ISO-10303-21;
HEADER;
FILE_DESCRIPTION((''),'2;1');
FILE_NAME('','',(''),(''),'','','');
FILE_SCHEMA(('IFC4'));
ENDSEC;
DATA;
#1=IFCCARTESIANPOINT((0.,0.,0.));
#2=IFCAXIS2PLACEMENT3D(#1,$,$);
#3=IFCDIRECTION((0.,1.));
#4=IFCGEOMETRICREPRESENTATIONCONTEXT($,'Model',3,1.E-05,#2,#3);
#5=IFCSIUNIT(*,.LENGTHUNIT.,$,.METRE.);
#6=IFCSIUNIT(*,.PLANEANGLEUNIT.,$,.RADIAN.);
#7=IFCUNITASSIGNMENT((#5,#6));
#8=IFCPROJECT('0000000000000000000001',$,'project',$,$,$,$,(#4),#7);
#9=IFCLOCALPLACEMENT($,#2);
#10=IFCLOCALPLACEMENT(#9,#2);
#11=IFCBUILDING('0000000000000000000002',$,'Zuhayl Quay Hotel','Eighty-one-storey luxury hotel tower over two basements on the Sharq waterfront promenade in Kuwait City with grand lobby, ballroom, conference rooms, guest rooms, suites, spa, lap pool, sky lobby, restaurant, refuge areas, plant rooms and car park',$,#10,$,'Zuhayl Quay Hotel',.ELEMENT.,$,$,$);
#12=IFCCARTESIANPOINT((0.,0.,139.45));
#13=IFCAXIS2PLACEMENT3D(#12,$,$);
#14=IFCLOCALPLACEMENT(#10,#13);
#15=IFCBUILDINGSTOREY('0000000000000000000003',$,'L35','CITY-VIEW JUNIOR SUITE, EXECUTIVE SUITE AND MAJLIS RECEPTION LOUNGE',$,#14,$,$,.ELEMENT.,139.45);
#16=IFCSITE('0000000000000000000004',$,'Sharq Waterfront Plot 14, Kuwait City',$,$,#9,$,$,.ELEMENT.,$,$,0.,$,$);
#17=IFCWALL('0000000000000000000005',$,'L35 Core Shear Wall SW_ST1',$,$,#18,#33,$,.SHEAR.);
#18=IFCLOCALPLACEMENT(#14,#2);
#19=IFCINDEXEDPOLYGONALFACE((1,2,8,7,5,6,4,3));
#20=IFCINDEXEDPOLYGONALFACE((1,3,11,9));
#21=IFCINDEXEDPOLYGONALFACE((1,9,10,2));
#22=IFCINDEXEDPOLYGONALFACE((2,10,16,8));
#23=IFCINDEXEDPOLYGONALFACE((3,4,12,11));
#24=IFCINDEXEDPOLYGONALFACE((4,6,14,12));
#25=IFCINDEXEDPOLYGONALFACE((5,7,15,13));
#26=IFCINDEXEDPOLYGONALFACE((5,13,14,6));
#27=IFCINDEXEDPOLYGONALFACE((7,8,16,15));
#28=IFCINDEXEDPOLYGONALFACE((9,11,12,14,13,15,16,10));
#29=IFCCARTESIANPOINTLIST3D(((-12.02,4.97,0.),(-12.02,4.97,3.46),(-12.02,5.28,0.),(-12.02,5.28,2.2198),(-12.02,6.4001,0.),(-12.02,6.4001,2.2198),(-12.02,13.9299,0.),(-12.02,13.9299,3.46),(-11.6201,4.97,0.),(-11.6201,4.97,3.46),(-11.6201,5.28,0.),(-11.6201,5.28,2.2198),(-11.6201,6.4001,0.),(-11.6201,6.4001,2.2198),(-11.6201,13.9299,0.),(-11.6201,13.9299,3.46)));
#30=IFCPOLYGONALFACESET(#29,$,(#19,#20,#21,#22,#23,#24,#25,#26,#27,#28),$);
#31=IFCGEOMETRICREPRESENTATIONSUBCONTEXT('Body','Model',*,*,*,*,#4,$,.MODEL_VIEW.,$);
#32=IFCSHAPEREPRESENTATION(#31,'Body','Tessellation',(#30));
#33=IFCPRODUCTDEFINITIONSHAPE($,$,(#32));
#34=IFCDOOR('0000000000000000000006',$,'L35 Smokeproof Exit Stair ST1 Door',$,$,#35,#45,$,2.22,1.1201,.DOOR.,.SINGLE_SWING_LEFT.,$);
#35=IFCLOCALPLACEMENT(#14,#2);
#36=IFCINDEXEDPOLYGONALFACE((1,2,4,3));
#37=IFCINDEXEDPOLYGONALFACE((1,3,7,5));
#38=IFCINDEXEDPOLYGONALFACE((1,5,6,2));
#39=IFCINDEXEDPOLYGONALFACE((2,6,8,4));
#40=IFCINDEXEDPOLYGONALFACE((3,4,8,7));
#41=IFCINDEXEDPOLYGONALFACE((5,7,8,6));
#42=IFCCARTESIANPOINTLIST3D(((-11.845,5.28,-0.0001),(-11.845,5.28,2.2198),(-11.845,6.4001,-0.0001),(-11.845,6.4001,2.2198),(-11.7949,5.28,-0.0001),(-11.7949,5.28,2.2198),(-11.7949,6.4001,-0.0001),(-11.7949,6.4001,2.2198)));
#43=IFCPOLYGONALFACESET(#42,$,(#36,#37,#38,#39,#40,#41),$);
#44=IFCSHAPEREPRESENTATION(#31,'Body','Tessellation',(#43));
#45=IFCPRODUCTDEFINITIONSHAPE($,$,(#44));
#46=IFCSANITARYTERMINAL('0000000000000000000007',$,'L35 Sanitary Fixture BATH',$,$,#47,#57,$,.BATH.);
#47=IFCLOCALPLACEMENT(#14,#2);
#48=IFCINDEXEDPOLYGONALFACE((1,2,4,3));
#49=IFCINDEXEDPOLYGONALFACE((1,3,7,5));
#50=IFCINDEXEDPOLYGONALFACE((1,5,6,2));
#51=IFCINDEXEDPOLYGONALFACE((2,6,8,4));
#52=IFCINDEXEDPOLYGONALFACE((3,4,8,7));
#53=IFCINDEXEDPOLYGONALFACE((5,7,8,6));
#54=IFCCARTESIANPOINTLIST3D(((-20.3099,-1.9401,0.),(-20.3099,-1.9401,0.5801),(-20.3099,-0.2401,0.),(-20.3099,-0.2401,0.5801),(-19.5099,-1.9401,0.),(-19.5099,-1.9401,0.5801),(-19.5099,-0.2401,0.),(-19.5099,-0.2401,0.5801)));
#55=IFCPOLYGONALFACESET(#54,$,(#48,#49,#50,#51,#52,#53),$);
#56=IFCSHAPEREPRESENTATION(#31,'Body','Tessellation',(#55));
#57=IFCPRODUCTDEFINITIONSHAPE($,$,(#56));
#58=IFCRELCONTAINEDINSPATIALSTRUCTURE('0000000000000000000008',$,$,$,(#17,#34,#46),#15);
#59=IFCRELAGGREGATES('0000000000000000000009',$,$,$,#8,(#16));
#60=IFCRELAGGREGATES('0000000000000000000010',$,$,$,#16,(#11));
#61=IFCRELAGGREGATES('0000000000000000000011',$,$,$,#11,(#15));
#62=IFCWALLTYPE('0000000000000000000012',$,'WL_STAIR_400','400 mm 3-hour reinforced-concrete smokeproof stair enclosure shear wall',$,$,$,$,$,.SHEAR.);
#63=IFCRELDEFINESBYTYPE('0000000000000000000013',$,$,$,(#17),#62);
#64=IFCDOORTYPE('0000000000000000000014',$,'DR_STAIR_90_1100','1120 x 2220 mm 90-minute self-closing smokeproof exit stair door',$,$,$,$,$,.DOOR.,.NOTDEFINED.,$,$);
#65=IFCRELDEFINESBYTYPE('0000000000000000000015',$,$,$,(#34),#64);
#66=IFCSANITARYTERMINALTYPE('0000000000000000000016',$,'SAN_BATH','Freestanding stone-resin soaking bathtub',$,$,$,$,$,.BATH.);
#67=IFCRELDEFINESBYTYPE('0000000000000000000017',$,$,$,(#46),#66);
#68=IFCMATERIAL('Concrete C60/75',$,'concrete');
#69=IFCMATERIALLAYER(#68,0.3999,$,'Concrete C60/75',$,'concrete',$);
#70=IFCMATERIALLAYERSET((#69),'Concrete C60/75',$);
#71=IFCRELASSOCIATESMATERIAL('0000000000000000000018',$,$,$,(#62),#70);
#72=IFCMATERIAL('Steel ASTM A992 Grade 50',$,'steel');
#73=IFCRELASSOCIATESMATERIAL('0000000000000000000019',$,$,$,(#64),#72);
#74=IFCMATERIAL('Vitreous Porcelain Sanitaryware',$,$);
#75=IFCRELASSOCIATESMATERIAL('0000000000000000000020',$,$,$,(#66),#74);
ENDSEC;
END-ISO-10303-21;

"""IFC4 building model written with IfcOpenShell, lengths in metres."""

from ifc_helpers import new_model, si_unit, direction, frame, frame_2d, origin, origin_2d, place, context, subcontext, project, spatial, rectangle, extrude, material, layer, layer_set, type_object, element, fill, save


model = new_model("IFC4")

# Units and contexts
model_context = context("Model", 3, precision=1e-05, world=origin(), true_north=direction((0.0, 1.0)))
body_context = subcontext(model_context, "Body", "Model", "MODEL_VIEW")
ifc_project = project(units=[si_unit("LENGTHUNIT", "METRE"), si_unit("PLANEANGLEUNIT", "RADIAN")], contexts=[model_context])

# Site, building, storey
site_placement = place(None, origin())
site = spatial("IfcSite", under=ifc_project, at=site_placement, Name="Sharq Waterfront Plot 14, Kuwait City", CompositionType="ELEMENT", RefElevation=0.0)
building_placement = place(site_placement, origin())
building = spatial("IfcBuilding", under=site, at=building_placement, Name="Zuhayl Quay Hotel", Description="Eighty-one-storey luxury hotel tower over two basements on the Sharq waterfront promenade in Kuwait City with grand lobby, ballroom, conference rooms, guest rooms, suites, spa, lap pool, sky lobby, restaurant, refuge areas, plant rooms and car park", LongName="Zuhayl Quay Hotel", CompositionType="ELEMENT")
storey_placement = place(building_placement, frame((0.0, 0.0, 139.45)))
storey = spatial("IfcBuildingStorey", under=building, at=storey_placement, Name="L35", Description="CITY-VIEW JUNIOR SUITE, EXECUTIVE SUITE AND MAJLIS RECEPTION LOUNGE", CompositionType="ELEMENT", Elevation=139.45)

# Shared definitions
ifc_material_1 = material(Name="Steel ASTM A992 Grade 50", Category="steel")
ifc_material_2 = material(Name="Concrete C60/75", Category="concrete")

# Wall, opening, door
ifc_layer_1 = layer(ifc_material_2, 0.3999, Name="Concrete C60/75", Category="concrete")
ifc_layer_set_1 = layer_set([ifc_layer_1], Name="Concrete C60/75")
wall_type_1 = type_object("IfcWallType", Name="WL_STAIR_400", Description="400 mm 3-hour reinforced-concrete smokeproof stair enclosure shear wall", PredefinedType="SHEAR", material=ifc_layer_set_1)
wall_1_placement = place(storey_placement, frame((-11.8201, 4.97, 0.0), z_axis=(0.0, 0.0, 1.0), x_axis=(0.0, 1.0, 0.0)))
wall_1 = element("IfcWall", 1, at=wall_1_placement, inside=storey, type_object=wall_type_1, Name="L35 Core Shear Wall SW_ST1", PredefinedType="SHEAR", context=body_context, shape_type="SweptSolid", body=[
    extrude(rectangle(XDim=8.96, YDim=0.3999, at=frame_2d((4.48, 0.0))), origin(), (0.0, 0.0, 1.0), 3.46),
])
opening_1_placement = place(wall_1_placement, frame((0.3101, 0.0, 0.0)))
opening_1 = element("IfcOpeningElement", 2, at=opening_1_placement, cuts=wall_1, PredefinedType="OPENING", context=body_context, shape_type="SweptSolid", body=[
    extrude(rectangle(XDim=1.1201, YDim=2.22, at=frame_2d((0.5601, 1.1099))), frame((0.0, 0.21, 0.0), z_axis=(0.0, -1.0, 0.0), x_axis=(1.0, 0.0, 0.0)), (0.0, 0.0, 1.0), 0.4199),
])
door_type_1 = type_object("IfcDoorType", Name="DR_STAIR_90_1100", Description="1120 x 2220 mm 90-minute self-closing smokeproof exit stair door", OperationType="NOTDEFINED", PredefinedType="DOOR", material=ifc_material_1)
door_1_placement = place(opening_1_placement, origin())
door_1 = element("IfcDoor", 3, at=door_1_placement, inside=storey, type_object=door_type_1, Name="L35 Smokeproof Exit Stair ST1 Door", OperationType="SINGLE_SWING_LEFT", OverallHeight=2.22, OverallWidth=1.1201, PredefinedType="DOOR", context=body_context, shape_type="SweptSolid", body=[
    extrude(rectangle(XDim=1.1201, YDim=2.22, at=frame_2d((0.5601, 1.1099))), frame((0.0, 0.0249, 0.0), z_axis=(0.0, -1.0, 0.0), x_axis=(1.0, 0.0, 0.0)), (0.0, 0.0, 1.0), 0.05),
])
fill(opening_1, door_1)

# Sanitary terminal
ifc_material_3 = material(Name="Vitreous Porcelain Sanitaryware")
sanitary_terminal_type = type_object("IfcSanitaryTerminalType", Name="SAN_BATH", Description="Freestanding stone-resin soaking bathtub", PredefinedType="BATH", material=ifc_material_3)
sanitary_terminal_placement = place(storey_placement, frame((-19.9099, -1.0901, 0.0), z_axis=(0.0, 0.0, 1.0), x_axis=(1.0, 0.0, 0.0)))
element("IfcSanitaryTerminal", 4, at=sanitary_terminal_placement, inside=storey, type_object=sanitary_terminal_type, Name="L35 Sanitary Fixture BATH", PredefinedType="BATH", context=body_context, shape_type="SweptSolid", body=[
    extrude(rectangle(XDim=0.8, YDim=1.7, at=origin_2d()), origin(), (0.0, 0.0, 1.0), 0.5801),
])

save(model, "model.ifc")
